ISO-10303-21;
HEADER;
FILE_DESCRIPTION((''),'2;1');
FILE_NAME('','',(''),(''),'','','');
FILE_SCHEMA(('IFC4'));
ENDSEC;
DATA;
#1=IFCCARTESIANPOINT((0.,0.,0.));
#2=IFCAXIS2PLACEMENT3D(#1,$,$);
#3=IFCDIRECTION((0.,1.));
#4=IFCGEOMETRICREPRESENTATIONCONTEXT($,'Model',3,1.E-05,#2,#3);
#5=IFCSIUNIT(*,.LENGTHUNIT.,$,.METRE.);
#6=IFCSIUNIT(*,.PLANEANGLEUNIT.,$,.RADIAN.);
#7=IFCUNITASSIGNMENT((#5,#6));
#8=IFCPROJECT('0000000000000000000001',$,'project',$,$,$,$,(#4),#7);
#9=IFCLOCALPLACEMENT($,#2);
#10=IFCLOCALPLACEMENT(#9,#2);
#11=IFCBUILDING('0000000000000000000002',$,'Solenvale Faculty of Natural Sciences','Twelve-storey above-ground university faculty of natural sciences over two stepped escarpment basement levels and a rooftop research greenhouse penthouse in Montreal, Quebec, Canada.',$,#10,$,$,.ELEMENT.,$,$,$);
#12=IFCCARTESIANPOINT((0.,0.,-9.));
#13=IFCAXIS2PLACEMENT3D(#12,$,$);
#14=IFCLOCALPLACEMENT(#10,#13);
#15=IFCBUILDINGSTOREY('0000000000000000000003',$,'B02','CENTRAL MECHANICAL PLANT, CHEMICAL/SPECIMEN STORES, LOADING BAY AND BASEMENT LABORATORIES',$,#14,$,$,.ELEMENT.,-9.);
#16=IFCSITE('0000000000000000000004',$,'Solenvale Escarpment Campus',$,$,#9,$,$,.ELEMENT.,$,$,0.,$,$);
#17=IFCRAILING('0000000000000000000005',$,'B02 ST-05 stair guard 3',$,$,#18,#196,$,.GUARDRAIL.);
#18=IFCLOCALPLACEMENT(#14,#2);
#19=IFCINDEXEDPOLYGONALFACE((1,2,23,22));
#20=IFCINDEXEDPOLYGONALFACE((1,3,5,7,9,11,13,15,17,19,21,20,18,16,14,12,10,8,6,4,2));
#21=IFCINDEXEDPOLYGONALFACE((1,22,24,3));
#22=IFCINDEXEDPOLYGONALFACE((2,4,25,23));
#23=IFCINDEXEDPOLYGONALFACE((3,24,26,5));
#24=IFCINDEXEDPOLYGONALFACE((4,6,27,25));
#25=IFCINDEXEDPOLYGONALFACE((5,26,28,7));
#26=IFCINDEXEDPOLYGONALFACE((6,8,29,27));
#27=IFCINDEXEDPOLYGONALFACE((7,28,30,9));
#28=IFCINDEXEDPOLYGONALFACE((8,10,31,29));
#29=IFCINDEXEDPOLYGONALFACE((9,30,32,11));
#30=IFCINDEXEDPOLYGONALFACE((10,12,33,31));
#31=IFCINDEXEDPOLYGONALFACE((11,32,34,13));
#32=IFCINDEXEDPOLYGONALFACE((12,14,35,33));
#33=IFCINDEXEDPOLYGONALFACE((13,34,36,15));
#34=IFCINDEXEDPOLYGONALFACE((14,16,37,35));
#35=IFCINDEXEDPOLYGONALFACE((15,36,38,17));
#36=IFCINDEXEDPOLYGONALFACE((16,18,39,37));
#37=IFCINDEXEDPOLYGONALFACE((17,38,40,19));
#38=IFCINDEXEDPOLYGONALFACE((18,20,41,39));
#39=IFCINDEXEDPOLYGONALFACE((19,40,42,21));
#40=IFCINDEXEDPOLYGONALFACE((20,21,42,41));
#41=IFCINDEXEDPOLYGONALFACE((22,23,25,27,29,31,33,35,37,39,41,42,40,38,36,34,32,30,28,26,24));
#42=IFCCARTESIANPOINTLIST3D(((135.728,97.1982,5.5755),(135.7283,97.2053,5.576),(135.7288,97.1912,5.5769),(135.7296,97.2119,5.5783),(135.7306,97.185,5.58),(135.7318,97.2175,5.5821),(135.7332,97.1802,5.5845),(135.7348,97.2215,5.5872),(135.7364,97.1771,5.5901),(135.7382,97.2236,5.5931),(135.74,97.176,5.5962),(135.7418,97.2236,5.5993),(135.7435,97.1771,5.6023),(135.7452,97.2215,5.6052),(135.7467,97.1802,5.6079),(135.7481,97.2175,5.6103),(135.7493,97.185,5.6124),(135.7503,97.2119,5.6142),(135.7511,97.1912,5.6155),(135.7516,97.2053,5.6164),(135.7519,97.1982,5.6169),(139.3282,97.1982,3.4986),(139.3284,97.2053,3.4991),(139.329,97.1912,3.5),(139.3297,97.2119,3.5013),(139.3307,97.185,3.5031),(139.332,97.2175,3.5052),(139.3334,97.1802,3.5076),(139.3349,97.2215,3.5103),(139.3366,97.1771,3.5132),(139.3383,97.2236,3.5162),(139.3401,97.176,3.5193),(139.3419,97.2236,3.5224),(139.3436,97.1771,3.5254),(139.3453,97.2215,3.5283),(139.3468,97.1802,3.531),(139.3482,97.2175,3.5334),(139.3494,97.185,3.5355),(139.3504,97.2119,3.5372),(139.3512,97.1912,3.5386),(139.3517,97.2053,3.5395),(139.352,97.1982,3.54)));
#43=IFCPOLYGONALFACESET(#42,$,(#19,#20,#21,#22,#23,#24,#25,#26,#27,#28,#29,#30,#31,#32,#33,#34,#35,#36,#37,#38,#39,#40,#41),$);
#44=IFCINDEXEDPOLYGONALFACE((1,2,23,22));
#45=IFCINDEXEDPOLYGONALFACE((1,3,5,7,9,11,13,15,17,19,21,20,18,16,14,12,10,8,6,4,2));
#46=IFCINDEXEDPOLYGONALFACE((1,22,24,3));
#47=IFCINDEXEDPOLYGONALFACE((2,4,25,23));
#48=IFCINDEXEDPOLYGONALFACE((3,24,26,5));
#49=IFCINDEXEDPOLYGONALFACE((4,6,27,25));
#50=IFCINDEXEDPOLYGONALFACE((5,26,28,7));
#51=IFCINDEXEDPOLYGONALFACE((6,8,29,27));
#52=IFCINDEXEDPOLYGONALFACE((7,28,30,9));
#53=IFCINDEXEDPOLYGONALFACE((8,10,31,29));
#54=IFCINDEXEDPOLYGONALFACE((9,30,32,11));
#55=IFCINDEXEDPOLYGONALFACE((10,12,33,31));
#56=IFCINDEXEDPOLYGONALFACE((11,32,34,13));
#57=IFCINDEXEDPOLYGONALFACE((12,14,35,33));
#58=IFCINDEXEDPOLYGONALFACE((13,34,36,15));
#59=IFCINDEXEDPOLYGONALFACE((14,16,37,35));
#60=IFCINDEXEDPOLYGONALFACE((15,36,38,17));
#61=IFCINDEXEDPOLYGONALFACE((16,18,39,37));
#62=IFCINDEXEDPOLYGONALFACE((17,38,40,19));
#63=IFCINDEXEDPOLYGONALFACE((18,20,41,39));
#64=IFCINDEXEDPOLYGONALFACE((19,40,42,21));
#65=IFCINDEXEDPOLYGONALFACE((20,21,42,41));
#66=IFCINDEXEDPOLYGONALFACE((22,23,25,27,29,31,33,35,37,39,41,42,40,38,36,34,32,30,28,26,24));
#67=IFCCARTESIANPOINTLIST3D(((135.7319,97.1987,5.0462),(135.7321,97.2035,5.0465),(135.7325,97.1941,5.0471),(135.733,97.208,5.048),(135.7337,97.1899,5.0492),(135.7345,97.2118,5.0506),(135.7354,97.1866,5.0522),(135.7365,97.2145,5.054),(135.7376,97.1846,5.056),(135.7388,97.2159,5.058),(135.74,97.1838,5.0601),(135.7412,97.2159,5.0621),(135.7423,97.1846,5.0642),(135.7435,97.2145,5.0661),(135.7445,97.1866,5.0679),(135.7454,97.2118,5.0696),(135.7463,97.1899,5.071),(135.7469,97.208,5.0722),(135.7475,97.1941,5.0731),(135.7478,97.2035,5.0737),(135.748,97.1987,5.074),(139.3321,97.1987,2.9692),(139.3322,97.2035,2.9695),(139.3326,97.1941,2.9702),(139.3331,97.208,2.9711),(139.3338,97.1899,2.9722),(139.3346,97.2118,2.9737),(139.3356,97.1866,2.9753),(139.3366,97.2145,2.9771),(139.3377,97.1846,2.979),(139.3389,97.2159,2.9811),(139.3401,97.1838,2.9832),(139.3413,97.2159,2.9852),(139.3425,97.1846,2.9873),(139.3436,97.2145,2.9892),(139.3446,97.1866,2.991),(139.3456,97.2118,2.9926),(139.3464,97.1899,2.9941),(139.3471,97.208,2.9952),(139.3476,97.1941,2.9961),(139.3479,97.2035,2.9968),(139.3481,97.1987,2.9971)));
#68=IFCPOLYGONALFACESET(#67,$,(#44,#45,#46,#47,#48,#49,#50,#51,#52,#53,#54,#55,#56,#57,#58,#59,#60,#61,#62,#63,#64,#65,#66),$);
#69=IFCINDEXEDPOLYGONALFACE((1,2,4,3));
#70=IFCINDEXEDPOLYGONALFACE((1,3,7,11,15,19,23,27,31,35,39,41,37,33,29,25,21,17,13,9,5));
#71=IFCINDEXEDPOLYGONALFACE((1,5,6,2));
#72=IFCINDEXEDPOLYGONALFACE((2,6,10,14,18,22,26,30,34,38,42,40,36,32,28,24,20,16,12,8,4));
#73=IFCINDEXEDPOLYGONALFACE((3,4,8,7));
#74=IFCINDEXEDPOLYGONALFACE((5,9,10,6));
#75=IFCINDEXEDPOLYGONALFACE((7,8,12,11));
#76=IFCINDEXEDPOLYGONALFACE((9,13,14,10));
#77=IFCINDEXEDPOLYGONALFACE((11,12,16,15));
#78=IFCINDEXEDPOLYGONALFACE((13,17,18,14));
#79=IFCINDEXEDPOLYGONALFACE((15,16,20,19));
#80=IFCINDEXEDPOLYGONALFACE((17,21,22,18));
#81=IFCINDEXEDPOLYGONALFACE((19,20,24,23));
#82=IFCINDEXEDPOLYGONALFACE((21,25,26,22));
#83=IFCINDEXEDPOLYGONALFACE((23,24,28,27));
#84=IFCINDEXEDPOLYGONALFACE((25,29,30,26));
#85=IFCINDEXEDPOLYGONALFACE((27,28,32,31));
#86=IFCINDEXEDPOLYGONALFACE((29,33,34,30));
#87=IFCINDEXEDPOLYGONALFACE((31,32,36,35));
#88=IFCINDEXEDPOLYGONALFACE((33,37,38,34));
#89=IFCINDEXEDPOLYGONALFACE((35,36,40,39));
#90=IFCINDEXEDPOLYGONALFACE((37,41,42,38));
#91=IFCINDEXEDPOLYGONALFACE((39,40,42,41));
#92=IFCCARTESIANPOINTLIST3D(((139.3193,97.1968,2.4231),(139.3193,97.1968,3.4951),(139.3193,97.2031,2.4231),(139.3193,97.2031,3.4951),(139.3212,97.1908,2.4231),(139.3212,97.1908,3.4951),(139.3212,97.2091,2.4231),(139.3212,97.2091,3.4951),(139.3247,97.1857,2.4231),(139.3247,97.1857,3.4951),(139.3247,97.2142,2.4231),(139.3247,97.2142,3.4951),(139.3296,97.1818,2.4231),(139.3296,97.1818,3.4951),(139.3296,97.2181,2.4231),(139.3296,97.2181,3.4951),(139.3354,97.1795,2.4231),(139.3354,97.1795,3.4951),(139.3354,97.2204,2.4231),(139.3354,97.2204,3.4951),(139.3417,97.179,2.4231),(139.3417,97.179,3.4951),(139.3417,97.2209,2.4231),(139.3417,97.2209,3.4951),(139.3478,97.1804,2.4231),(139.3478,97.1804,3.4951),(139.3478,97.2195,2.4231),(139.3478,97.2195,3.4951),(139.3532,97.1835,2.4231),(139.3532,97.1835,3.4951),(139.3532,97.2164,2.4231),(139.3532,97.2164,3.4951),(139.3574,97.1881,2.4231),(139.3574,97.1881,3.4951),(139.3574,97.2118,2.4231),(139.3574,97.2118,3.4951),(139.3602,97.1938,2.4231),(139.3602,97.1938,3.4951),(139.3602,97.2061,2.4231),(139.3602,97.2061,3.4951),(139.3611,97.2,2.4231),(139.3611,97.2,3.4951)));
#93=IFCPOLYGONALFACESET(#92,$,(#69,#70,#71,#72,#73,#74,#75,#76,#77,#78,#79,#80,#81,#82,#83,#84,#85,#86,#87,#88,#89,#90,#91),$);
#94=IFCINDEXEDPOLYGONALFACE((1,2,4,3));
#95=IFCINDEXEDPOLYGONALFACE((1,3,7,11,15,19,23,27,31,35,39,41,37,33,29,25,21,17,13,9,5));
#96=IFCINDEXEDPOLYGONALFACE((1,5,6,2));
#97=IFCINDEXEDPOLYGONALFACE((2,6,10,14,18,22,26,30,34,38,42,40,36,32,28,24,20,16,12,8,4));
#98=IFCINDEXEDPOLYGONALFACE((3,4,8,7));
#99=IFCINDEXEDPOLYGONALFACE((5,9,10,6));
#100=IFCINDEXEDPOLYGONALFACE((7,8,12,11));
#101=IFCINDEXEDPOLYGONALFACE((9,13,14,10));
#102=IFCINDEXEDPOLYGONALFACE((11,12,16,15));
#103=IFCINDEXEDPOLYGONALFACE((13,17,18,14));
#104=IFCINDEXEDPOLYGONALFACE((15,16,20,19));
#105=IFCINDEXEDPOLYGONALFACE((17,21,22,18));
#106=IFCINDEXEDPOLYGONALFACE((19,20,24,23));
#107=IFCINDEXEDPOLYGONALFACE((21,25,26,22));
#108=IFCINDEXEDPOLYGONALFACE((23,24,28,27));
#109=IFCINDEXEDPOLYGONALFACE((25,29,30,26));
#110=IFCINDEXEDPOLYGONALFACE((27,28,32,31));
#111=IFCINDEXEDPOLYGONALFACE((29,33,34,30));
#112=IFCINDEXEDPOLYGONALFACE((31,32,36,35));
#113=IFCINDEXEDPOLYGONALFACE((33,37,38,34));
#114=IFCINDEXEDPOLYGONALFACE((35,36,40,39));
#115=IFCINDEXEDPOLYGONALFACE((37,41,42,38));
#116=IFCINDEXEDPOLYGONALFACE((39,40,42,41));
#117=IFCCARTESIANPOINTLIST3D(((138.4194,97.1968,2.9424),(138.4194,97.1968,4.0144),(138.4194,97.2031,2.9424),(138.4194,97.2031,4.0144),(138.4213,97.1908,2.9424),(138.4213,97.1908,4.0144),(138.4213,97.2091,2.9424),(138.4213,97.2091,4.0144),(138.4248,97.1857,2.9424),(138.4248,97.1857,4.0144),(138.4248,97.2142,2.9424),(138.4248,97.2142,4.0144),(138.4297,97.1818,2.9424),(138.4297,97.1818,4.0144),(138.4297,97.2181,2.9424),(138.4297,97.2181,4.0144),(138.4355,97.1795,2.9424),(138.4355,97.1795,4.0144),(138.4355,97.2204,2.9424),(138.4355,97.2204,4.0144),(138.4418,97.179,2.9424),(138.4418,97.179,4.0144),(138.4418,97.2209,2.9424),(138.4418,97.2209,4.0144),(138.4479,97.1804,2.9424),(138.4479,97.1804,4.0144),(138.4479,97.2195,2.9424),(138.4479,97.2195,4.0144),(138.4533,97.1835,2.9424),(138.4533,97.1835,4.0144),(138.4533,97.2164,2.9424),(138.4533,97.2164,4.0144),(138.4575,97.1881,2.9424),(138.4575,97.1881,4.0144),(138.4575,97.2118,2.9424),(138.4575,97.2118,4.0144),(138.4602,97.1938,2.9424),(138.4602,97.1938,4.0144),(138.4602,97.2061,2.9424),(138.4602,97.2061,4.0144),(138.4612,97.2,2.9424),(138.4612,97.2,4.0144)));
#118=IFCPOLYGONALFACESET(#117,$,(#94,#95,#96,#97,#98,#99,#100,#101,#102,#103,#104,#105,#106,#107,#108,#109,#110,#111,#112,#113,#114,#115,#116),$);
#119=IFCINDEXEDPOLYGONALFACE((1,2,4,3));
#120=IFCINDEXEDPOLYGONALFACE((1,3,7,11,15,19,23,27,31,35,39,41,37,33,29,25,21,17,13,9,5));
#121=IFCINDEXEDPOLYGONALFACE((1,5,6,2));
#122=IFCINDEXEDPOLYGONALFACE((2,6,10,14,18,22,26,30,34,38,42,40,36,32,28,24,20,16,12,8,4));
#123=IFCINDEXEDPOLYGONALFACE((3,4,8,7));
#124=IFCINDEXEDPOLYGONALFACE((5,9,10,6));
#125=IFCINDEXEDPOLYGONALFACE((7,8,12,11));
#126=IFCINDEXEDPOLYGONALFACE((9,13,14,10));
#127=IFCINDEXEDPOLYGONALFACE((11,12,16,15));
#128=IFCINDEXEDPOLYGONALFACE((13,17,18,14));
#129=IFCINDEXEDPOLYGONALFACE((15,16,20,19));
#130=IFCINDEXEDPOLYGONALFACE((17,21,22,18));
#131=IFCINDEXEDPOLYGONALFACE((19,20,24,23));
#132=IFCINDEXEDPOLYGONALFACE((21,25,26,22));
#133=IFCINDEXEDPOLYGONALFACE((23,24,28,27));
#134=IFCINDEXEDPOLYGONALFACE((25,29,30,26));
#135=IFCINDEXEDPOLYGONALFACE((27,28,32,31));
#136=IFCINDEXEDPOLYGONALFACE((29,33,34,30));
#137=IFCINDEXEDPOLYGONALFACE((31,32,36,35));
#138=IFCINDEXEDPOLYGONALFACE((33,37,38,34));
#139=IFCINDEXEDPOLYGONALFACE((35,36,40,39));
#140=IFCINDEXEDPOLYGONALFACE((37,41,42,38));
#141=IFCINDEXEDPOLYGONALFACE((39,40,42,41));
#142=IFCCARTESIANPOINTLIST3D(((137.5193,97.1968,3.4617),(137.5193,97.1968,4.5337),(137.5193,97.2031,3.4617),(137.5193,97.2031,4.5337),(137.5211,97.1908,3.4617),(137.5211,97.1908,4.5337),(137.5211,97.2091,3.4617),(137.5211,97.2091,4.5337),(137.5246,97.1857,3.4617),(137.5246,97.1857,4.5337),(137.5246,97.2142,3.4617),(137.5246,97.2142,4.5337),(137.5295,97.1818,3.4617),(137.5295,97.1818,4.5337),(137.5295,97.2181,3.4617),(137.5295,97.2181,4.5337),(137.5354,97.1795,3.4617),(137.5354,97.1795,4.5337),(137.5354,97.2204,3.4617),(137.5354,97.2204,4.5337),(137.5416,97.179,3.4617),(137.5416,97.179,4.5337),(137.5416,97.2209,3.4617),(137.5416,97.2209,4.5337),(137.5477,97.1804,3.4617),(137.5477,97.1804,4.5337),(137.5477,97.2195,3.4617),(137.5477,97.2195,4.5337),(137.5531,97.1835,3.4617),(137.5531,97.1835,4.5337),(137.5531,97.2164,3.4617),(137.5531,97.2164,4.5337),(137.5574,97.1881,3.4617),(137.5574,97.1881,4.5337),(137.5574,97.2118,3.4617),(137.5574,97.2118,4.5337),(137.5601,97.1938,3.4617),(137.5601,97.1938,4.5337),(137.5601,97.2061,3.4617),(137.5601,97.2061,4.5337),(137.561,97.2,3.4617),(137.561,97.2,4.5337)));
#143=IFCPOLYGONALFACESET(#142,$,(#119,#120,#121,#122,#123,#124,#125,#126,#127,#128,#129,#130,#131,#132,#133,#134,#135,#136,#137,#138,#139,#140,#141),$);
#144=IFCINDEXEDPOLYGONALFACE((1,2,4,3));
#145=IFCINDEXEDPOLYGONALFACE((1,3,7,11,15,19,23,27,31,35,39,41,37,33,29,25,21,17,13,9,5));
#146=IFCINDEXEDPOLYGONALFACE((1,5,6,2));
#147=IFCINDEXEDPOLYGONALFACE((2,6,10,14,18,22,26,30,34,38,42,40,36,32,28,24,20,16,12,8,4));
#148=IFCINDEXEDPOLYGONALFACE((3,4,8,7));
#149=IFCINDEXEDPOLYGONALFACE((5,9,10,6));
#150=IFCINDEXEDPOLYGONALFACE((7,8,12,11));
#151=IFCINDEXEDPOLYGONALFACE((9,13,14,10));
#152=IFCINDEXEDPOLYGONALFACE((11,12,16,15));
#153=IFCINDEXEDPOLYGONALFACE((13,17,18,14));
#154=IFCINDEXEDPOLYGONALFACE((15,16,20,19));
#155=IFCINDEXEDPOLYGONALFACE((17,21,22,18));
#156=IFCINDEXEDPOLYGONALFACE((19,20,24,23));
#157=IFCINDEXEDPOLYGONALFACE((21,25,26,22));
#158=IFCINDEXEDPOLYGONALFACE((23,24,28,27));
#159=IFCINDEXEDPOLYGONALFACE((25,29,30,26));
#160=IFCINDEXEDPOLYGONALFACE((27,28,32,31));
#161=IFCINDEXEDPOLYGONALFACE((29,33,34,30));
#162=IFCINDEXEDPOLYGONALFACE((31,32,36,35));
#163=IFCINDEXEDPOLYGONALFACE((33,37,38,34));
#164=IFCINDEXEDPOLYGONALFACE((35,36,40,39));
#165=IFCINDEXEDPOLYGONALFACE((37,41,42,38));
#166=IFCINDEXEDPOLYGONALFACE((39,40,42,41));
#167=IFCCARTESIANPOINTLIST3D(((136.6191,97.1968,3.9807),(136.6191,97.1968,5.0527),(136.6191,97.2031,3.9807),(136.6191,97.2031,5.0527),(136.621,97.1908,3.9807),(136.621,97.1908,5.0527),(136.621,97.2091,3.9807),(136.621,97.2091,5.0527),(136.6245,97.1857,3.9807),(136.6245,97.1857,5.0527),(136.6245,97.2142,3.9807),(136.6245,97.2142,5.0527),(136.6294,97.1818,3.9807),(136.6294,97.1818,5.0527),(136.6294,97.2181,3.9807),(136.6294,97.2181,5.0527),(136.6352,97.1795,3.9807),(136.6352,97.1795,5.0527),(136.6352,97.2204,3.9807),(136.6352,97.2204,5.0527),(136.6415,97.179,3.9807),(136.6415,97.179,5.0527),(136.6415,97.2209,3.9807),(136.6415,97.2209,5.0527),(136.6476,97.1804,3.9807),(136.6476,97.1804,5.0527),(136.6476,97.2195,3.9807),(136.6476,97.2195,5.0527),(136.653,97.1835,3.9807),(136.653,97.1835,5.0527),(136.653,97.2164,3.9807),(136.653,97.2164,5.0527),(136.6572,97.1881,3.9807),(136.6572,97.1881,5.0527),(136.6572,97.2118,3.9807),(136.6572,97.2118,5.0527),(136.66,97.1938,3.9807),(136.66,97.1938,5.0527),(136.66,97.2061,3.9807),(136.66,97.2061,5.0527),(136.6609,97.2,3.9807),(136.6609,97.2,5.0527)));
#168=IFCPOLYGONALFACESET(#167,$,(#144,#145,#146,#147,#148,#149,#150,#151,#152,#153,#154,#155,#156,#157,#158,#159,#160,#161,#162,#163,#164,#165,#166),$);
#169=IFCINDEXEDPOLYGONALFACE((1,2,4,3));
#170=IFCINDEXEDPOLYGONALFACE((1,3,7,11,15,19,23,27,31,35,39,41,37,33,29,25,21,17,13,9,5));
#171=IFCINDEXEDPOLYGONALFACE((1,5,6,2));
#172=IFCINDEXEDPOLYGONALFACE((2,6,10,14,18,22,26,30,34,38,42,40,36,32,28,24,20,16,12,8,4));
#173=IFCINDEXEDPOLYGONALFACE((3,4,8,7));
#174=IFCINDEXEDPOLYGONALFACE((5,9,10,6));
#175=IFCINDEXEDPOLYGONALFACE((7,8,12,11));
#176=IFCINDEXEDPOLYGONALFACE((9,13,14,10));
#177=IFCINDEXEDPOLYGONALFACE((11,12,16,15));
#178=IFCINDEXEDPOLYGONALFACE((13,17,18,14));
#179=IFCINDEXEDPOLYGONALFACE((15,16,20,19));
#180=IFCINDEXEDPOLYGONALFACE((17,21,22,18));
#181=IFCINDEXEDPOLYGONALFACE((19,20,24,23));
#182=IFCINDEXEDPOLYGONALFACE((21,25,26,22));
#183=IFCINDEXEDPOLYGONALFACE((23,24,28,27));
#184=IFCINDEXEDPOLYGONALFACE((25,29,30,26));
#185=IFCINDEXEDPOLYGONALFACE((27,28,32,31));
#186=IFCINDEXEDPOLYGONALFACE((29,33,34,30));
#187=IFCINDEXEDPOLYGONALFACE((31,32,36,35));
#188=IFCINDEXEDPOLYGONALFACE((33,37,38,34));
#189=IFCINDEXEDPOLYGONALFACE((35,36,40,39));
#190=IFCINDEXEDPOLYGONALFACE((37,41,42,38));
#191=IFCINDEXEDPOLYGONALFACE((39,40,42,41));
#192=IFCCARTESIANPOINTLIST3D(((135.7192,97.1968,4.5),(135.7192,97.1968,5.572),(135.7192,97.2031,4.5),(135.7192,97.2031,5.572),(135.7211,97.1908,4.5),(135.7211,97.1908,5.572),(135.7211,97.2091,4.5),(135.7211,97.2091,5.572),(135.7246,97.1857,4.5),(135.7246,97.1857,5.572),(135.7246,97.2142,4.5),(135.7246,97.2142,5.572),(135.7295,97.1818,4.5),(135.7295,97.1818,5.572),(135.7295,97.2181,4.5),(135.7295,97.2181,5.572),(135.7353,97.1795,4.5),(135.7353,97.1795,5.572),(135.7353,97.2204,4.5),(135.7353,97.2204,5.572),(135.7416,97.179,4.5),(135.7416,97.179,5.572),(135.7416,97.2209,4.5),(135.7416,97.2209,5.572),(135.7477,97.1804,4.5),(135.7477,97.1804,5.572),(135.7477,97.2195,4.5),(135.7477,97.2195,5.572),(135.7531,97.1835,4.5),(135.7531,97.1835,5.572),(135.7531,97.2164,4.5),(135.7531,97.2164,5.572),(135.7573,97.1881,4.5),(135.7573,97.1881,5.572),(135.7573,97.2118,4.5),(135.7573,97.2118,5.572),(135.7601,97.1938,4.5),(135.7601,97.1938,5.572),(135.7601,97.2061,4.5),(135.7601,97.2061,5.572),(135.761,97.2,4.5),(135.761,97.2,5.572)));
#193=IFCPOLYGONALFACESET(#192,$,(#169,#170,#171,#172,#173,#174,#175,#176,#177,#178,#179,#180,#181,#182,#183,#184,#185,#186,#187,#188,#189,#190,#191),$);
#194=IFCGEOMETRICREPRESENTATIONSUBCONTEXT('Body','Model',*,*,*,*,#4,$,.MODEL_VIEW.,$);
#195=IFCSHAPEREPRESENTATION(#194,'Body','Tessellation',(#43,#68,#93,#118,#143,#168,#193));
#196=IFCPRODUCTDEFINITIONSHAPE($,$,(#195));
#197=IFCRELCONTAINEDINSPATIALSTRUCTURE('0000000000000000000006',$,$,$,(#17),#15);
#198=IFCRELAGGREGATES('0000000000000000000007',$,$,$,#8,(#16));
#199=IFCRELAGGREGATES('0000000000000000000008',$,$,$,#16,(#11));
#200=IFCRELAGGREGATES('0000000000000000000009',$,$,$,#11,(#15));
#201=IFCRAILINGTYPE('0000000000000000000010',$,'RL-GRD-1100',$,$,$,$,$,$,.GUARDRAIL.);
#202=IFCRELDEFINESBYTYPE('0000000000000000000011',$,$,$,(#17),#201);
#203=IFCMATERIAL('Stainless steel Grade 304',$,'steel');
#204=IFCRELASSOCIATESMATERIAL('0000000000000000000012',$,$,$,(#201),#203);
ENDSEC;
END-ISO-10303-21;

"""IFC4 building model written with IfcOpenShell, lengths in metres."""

from ifc_helpers import new_model, si_unit, direction, frame, origin, origin_2d, place, context, subcontext, project, spatial, circle, extrude, material, type_object, element, save


model = new_model("IFC4")

# Units and contexts
model_context = context("Model", 3, precision=1e-05, world=origin(), true_north=direction((0.0, 1.0)))
body_context = subcontext(model_context, "Body", "Model", "MODEL_VIEW")
ifc_project = project(units=[si_unit("LENGTHUNIT", "METRE"), si_unit("PLANEANGLEUNIT", "RADIAN")], contexts=[model_context])

# Site, building, storey
site_placement = place(None, origin())
site = spatial("IfcSite", under=ifc_project, at=site_placement, Name="Solenvale Escarpment Campus", CompositionType="ELEMENT", RefElevation=0.0)
building_placement = place(site_placement, origin())
building = spatial("IfcBuilding", under=site, at=building_placement, Name="Solenvale Faculty of Natural Sciences", Description="Twelve-storey above-ground university faculty of natural sciences over two stepped escarpment basement levels and a rooftop research greenhouse penthouse in Montreal, Quebec, Canada.", CompositionType="ELEMENT")
storey_placement = place(building_placement, frame((0.0, 0.0, -9.0)))
storey = spatial("IfcBuildingStorey", under=building, at=storey_placement, Name="B02", Description="CENTRAL MECHANICAL PLANT, CHEMICAL/SPECIMEN STORES, LOADING BAY AND BASEMENT LABORATORIES", CompositionType="ELEMENT", Elevation=-9.0)

# Railing
ifc_material_1 = material(Name="Stainless steel Grade 304", Category="steel")
railing_type_1 = type_object("IfcRailingType", Name="RL-GRD-1100", PredefinedType="GUARDRAIL", material=ifc_material_1)
railing_1_placement = place(storey_placement, frame((139.3401, 97.2, 2.4231)))
element("IfcRailing", 1, at=railing_1_placement, inside=storey, type_object=railing_type_1, Name="B02 ST-05 stair guard 3", PredefinedType="GUARDRAIL", context=body_context, shape_type="SweptSolid", body=[
    extrude(circle(Radius=0.0239, at=origin_2d()), frame((0.0, 0.0, 1.0962), z_axis=(-0.866193, 0.0, 0.499709), x_axis=(0.0, -1.0, 0.0)), (0.0, 0.0, 1.0), 4.1562),
    extrude(circle(Radius=0.0161, at=origin_2d()), frame((0.0, 0.0, 0.5601), z_axis=(-0.866193, 0.0, 0.499709), x_axis=(0.0, -1.0, 0.0)), (0.0, 0.0, 1.0), 4.1562),
    extrude(circle(Radius=0.021, at=origin_2d()), origin(), (0.0, 0.0, 1.0), 1.072),
    extrude(circle(Radius=0.021, at=origin_2d()), frame((-0.8999, 0.0, 0.5193)), (0.0, 0.0, 1.0), 1.072),
    extrude(circle(Radius=0.021, at=origin_2d()), frame((-1.8, 0.0, 1.0386)), (0.0, 0.0, 1.0), 1.072),
    extrude(circle(Radius=0.021, at=origin_2d()), frame((-2.7002, 0.0, 1.5576)), (0.0, 0.0, 1.0), 1.072),
    extrude(circle(Radius=0.021, at=origin_2d()), frame((-3.6001, 0.0, 2.0769)), (0.0, 0.0, 1.0), 1.072),
])

save(model, "model.ifc")
